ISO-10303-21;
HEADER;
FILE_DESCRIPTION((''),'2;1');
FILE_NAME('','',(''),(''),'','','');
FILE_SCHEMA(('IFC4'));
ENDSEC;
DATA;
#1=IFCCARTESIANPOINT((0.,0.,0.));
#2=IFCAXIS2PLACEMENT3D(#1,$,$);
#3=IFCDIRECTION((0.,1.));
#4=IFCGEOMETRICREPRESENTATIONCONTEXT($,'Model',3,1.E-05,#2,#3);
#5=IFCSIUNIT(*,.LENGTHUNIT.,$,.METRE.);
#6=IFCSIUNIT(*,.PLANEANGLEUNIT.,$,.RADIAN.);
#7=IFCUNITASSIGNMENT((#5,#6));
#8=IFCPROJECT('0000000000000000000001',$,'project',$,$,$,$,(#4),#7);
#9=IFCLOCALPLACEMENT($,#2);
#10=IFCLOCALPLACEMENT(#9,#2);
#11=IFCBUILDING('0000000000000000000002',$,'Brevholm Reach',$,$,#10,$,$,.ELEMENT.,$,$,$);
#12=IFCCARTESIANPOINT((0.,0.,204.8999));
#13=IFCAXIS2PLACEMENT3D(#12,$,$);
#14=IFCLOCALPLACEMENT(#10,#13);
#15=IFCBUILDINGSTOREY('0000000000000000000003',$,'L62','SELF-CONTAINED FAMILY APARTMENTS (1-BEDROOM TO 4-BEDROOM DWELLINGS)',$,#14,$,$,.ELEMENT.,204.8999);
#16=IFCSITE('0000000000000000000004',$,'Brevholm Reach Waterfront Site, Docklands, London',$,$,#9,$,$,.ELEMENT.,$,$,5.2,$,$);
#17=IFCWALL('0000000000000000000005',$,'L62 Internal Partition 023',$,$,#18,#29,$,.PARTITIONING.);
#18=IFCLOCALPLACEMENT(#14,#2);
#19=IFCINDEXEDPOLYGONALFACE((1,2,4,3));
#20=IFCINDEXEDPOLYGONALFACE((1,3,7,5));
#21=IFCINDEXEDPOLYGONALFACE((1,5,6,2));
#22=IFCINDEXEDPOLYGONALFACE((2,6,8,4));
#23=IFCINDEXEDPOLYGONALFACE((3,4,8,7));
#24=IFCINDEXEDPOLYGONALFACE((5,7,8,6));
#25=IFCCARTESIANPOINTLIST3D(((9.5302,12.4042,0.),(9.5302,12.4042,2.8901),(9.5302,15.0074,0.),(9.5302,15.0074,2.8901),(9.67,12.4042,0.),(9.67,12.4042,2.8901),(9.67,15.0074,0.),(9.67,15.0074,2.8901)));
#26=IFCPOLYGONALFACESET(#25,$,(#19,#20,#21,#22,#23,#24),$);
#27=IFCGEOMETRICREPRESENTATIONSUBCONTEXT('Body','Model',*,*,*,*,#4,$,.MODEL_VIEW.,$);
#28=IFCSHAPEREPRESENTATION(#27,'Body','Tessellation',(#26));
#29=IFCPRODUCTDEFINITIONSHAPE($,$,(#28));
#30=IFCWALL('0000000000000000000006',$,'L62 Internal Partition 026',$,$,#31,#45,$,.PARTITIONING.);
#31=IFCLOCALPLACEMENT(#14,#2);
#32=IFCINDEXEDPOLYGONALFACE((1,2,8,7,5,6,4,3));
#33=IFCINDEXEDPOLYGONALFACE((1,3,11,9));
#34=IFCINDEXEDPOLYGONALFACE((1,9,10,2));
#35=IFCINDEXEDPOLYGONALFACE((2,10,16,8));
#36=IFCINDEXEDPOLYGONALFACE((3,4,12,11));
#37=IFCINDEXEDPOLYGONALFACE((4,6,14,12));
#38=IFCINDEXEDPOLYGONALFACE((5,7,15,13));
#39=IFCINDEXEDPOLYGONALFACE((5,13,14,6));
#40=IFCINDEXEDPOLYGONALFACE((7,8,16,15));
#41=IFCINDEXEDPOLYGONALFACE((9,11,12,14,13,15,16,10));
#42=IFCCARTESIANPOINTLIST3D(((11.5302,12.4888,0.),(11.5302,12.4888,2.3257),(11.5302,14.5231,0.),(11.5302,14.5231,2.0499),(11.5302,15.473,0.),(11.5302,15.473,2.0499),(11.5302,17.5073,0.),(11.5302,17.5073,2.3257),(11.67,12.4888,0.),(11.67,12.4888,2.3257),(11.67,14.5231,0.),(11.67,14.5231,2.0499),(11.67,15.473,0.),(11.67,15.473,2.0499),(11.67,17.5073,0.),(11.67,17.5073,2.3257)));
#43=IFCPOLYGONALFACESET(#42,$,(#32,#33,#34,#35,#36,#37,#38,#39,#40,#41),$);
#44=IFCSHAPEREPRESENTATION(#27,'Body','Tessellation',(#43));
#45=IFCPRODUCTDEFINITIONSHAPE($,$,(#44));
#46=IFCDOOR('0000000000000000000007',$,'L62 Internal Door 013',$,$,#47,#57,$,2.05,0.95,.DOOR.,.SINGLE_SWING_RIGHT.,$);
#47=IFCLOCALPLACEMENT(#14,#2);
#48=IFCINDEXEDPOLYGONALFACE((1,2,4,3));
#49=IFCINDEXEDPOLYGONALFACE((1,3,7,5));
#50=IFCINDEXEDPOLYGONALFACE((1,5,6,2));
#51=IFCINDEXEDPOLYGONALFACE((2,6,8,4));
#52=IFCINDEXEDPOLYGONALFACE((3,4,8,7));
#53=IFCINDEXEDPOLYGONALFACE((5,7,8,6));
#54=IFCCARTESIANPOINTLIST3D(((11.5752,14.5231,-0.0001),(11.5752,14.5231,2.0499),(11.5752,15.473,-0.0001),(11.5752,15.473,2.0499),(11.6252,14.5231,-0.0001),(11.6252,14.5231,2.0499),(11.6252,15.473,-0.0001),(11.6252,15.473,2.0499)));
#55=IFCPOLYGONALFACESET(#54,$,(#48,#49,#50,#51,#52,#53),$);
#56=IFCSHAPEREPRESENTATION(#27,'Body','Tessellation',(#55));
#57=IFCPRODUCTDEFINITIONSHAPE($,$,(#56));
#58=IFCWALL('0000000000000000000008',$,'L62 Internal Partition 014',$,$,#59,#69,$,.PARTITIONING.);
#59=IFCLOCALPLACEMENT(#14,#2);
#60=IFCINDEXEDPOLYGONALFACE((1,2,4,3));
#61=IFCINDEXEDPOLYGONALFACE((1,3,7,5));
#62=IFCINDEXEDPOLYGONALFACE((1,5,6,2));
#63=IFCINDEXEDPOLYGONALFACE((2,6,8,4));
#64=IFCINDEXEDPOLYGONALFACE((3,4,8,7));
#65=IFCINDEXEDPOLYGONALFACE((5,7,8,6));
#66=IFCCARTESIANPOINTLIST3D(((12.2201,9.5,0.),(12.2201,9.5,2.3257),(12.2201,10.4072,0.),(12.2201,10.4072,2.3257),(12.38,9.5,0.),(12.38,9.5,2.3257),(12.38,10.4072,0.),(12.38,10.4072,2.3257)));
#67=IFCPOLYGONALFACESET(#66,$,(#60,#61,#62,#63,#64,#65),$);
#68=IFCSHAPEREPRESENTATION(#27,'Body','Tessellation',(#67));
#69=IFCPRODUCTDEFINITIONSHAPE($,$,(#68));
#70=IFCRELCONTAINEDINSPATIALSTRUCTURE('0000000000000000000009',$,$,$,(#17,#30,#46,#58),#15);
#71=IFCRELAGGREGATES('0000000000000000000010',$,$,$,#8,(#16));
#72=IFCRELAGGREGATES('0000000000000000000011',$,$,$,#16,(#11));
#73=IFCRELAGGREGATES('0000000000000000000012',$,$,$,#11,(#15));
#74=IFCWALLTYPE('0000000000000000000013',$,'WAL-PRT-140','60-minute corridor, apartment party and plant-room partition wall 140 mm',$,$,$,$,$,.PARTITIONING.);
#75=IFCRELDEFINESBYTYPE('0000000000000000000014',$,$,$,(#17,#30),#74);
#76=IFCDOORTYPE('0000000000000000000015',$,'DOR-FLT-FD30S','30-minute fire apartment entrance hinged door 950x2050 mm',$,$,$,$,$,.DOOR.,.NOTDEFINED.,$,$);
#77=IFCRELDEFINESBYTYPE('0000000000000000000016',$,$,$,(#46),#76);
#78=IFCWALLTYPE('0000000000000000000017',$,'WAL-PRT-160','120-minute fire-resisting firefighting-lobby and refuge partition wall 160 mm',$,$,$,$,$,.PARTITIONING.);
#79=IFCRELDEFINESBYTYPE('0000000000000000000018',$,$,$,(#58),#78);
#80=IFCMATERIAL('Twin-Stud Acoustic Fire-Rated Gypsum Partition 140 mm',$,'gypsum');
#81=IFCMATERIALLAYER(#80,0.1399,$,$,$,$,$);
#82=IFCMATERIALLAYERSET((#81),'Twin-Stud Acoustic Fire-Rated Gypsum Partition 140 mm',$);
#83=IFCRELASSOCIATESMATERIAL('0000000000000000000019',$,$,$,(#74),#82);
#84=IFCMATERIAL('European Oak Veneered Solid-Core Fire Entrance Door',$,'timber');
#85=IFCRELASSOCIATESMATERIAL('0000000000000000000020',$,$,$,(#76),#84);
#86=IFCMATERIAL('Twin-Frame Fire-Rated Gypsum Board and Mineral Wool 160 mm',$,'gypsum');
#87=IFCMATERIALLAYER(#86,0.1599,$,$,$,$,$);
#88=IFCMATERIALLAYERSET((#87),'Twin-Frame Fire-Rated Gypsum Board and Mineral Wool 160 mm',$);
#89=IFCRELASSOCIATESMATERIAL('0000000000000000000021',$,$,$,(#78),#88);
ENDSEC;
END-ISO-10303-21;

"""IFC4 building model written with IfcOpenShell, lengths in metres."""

from ifc_helpers import new_model, si_unit, direction, frame, frame_2d, origin, place, context, subcontext, project, spatial, rectangle, extrude, material, layer, layer_set, type_object, element, fill, save


model = new_model("IFC4")

# Units and contexts
model_context = context("Model", 3, precision=1e-05, world=origin(), true_north=direction((0.0, 1.0)))
body_context = subcontext(model_context, "Body", "Model", "MODEL_VIEW")
ifc_project = project(units=[si_unit("LENGTHUNIT", "METRE"), si_unit("PLANEANGLEUNIT", "RADIAN")], contexts=[model_context])

# Site, building, storey
site_placement = place(None, origin())
site = spatial("IfcSite", under=ifc_project, at=site_placement, Name="Brevholm Reach Waterfront Site, Docklands, London", CompositionType="ELEMENT", RefElevation=5.2)
building_placement = place(site_placement, origin())
building = spatial("IfcBuilding", under=site, at=building_placement, Name="Brevholm Reach", CompositionType="ELEMENT")
storey_placement = place(building_placement, frame((0.0, 0.0, 204.8999)))
storey = spatial("IfcBuildingStorey", under=building, at=storey_placement, Name="L62", Description="SELF-CONTAINED FAMILY APARTMENTS (1-BEDROOM TO 4-BEDROOM DWELLINGS)", CompositionType="ELEMENT", Elevation=204.8999)

# Shared definitions
ifc_material_1 = material(Name="Twin-Stud Acoustic Fire-Rated Gypsum Partition 140 mm", Category="gypsum")
ifc_layer_1 = layer(ifc_material_1, 0.1399)
ifc_layer_set_1 = layer_set([ifc_layer_1], Name="Twin-Stud Acoustic Fire-Rated Gypsum Partition 140 mm")
wall_type_1 = type_object("IfcWallType", Name="WAL-PRT-140", Description="60-minute corridor, apartment party and plant-room partition wall 140 mm", PredefinedType="PARTITIONING", material=ifc_layer_set_1)
ifc_material_2 = material(Name="European Oak Veneered Solid-Core Fire Entrance Door", Category="timber")
door_type_1 = type_object("IfcDoorType", Name="DOR-FLT-FD30S", Description="30-minute fire apartment entrance hinged door 950x2050 mm", OperationType="NOTDEFINED", PredefinedType="DOOR", material=ifc_material_2)

# Wall
wall_1_placement = place(storey_placement, frame((9.6001, 12.4041, 0.0), z_axis=(0.0, 0.0, 1.0), x_axis=(0.0, 1.0, 0.0)))
element("IfcWall", 1, at=wall_1_placement, inside=storey, type_object=wall_type_1, Name="L62 Internal Partition 023", PredefinedType="PARTITIONING", context=body_context, shape_type="SweptSolid", body=[
    extrude(rectangle(XDim=2.6033, YDim=0.1399, at=frame_2d((1.3018, 0.0))), origin(), (0.0, 0.0, 1.0), 2.8901),
])

# Wall, opening, door
wall_2_placement = place(storey_placement, frame((11.6001, 12.4888, 0.0), z_axis=(0.0, 0.0, 1.0), x_axis=(0.0, 1.0, 0.0)))
wall_2 = element("IfcWall", 2, at=wall_2_placement, inside=storey, type_object=wall_type_1, Name="L62 Internal Partition 026", PredefinedType="PARTITIONING", context=body_context, shape_type="SweptSolid", body=[
    extrude(rectangle(XDim=5.0186, YDim=0.1399, at=frame_2d((2.5093, 0.0))), origin(), (0.0, 0.0, 1.0), 2.3257),
])
opening_1_placement = place(wall_2_placement, frame((2.0342, 0.0, 0.0)))
opening_1 = element("IfcOpeningElement", 3, at=opening_1_placement, cuts=wall_2, PredefinedType="OPENING", context=body_context, shape_type="SweptSolid", body=[
    extrude(rectangle(XDim=0.95, YDim=2.05, at=frame_2d((0.4751, 1.0249))), frame((0.0, 0.0798, 0.0), z_axis=(0.0, -1.0, 0.0), x_axis=(1.0, 0.0, 0.0)), (0.0, 0.0, 1.0), 0.1599),
])
door_1_placement = place(opening_1_placement, origin())
door_1 = element("IfcDoor", 4, at=door_1_placement, inside=storey, type_object=door_type_1, Name="L62 Internal Door 013", OperationType="SINGLE_SWING_RIGHT", OverallHeight=2.05, OverallWidth=0.95, PredefinedType="DOOR", context=body_context, shape_type="SweptSolid", body=[
    extrude(rectangle(XDim=0.95, YDim=2.05, at=frame_2d((0.4751, 1.0249))), frame((0.0, 0.0249, 0.0), z_axis=(0.0, -1.0, 0.0), x_axis=(1.0, 0.0, 0.0)), (0.0, 0.0, 1.0), 0.05),
])
fill(opening_1, door_1)

# Wall
ifc_material_3 = material(Name="Twin-Frame Fire-Rated Gypsum Board and Mineral Wool 160 mm", Category="gypsum")
ifc_layer_2 = layer(ifc_material_3, 0.1599)
ifc_layer_set_2 = layer_set([ifc_layer_2], Name="Twin-Frame Fire-Rated Gypsum Board and Mineral Wool 160 mm")
wall_type_2 = type_object("IfcWallType", Name="WAL-PRT-160", Description="120-minute fire-resisting firefighting-lobby and refuge partition wall 160 mm", PredefinedType="PARTITIONING", material=ifc_layer_set_2)
wall_3_placement = place(storey_placement, frame((12.3, 9.5, 0.0), z_axis=(0.0, 0.0, 1.0), x_axis=(0.0, 1.0, 0.0)))
element("IfcWall", 5, at=wall_3_placement, inside=storey, type_object=wall_type_2, Name="L62 Internal Partition 014", PredefinedType="PARTITIONING", context=body_context, shape_type="SweptSolid", body=[
    extrude(rectangle(XDim=0.9072, YDim=0.1599, at=frame_2d((0.4536, 0.0))), origin(), (0.0, 0.0, 1.0), 2.3257),
])

save(model, "model.ifc")
